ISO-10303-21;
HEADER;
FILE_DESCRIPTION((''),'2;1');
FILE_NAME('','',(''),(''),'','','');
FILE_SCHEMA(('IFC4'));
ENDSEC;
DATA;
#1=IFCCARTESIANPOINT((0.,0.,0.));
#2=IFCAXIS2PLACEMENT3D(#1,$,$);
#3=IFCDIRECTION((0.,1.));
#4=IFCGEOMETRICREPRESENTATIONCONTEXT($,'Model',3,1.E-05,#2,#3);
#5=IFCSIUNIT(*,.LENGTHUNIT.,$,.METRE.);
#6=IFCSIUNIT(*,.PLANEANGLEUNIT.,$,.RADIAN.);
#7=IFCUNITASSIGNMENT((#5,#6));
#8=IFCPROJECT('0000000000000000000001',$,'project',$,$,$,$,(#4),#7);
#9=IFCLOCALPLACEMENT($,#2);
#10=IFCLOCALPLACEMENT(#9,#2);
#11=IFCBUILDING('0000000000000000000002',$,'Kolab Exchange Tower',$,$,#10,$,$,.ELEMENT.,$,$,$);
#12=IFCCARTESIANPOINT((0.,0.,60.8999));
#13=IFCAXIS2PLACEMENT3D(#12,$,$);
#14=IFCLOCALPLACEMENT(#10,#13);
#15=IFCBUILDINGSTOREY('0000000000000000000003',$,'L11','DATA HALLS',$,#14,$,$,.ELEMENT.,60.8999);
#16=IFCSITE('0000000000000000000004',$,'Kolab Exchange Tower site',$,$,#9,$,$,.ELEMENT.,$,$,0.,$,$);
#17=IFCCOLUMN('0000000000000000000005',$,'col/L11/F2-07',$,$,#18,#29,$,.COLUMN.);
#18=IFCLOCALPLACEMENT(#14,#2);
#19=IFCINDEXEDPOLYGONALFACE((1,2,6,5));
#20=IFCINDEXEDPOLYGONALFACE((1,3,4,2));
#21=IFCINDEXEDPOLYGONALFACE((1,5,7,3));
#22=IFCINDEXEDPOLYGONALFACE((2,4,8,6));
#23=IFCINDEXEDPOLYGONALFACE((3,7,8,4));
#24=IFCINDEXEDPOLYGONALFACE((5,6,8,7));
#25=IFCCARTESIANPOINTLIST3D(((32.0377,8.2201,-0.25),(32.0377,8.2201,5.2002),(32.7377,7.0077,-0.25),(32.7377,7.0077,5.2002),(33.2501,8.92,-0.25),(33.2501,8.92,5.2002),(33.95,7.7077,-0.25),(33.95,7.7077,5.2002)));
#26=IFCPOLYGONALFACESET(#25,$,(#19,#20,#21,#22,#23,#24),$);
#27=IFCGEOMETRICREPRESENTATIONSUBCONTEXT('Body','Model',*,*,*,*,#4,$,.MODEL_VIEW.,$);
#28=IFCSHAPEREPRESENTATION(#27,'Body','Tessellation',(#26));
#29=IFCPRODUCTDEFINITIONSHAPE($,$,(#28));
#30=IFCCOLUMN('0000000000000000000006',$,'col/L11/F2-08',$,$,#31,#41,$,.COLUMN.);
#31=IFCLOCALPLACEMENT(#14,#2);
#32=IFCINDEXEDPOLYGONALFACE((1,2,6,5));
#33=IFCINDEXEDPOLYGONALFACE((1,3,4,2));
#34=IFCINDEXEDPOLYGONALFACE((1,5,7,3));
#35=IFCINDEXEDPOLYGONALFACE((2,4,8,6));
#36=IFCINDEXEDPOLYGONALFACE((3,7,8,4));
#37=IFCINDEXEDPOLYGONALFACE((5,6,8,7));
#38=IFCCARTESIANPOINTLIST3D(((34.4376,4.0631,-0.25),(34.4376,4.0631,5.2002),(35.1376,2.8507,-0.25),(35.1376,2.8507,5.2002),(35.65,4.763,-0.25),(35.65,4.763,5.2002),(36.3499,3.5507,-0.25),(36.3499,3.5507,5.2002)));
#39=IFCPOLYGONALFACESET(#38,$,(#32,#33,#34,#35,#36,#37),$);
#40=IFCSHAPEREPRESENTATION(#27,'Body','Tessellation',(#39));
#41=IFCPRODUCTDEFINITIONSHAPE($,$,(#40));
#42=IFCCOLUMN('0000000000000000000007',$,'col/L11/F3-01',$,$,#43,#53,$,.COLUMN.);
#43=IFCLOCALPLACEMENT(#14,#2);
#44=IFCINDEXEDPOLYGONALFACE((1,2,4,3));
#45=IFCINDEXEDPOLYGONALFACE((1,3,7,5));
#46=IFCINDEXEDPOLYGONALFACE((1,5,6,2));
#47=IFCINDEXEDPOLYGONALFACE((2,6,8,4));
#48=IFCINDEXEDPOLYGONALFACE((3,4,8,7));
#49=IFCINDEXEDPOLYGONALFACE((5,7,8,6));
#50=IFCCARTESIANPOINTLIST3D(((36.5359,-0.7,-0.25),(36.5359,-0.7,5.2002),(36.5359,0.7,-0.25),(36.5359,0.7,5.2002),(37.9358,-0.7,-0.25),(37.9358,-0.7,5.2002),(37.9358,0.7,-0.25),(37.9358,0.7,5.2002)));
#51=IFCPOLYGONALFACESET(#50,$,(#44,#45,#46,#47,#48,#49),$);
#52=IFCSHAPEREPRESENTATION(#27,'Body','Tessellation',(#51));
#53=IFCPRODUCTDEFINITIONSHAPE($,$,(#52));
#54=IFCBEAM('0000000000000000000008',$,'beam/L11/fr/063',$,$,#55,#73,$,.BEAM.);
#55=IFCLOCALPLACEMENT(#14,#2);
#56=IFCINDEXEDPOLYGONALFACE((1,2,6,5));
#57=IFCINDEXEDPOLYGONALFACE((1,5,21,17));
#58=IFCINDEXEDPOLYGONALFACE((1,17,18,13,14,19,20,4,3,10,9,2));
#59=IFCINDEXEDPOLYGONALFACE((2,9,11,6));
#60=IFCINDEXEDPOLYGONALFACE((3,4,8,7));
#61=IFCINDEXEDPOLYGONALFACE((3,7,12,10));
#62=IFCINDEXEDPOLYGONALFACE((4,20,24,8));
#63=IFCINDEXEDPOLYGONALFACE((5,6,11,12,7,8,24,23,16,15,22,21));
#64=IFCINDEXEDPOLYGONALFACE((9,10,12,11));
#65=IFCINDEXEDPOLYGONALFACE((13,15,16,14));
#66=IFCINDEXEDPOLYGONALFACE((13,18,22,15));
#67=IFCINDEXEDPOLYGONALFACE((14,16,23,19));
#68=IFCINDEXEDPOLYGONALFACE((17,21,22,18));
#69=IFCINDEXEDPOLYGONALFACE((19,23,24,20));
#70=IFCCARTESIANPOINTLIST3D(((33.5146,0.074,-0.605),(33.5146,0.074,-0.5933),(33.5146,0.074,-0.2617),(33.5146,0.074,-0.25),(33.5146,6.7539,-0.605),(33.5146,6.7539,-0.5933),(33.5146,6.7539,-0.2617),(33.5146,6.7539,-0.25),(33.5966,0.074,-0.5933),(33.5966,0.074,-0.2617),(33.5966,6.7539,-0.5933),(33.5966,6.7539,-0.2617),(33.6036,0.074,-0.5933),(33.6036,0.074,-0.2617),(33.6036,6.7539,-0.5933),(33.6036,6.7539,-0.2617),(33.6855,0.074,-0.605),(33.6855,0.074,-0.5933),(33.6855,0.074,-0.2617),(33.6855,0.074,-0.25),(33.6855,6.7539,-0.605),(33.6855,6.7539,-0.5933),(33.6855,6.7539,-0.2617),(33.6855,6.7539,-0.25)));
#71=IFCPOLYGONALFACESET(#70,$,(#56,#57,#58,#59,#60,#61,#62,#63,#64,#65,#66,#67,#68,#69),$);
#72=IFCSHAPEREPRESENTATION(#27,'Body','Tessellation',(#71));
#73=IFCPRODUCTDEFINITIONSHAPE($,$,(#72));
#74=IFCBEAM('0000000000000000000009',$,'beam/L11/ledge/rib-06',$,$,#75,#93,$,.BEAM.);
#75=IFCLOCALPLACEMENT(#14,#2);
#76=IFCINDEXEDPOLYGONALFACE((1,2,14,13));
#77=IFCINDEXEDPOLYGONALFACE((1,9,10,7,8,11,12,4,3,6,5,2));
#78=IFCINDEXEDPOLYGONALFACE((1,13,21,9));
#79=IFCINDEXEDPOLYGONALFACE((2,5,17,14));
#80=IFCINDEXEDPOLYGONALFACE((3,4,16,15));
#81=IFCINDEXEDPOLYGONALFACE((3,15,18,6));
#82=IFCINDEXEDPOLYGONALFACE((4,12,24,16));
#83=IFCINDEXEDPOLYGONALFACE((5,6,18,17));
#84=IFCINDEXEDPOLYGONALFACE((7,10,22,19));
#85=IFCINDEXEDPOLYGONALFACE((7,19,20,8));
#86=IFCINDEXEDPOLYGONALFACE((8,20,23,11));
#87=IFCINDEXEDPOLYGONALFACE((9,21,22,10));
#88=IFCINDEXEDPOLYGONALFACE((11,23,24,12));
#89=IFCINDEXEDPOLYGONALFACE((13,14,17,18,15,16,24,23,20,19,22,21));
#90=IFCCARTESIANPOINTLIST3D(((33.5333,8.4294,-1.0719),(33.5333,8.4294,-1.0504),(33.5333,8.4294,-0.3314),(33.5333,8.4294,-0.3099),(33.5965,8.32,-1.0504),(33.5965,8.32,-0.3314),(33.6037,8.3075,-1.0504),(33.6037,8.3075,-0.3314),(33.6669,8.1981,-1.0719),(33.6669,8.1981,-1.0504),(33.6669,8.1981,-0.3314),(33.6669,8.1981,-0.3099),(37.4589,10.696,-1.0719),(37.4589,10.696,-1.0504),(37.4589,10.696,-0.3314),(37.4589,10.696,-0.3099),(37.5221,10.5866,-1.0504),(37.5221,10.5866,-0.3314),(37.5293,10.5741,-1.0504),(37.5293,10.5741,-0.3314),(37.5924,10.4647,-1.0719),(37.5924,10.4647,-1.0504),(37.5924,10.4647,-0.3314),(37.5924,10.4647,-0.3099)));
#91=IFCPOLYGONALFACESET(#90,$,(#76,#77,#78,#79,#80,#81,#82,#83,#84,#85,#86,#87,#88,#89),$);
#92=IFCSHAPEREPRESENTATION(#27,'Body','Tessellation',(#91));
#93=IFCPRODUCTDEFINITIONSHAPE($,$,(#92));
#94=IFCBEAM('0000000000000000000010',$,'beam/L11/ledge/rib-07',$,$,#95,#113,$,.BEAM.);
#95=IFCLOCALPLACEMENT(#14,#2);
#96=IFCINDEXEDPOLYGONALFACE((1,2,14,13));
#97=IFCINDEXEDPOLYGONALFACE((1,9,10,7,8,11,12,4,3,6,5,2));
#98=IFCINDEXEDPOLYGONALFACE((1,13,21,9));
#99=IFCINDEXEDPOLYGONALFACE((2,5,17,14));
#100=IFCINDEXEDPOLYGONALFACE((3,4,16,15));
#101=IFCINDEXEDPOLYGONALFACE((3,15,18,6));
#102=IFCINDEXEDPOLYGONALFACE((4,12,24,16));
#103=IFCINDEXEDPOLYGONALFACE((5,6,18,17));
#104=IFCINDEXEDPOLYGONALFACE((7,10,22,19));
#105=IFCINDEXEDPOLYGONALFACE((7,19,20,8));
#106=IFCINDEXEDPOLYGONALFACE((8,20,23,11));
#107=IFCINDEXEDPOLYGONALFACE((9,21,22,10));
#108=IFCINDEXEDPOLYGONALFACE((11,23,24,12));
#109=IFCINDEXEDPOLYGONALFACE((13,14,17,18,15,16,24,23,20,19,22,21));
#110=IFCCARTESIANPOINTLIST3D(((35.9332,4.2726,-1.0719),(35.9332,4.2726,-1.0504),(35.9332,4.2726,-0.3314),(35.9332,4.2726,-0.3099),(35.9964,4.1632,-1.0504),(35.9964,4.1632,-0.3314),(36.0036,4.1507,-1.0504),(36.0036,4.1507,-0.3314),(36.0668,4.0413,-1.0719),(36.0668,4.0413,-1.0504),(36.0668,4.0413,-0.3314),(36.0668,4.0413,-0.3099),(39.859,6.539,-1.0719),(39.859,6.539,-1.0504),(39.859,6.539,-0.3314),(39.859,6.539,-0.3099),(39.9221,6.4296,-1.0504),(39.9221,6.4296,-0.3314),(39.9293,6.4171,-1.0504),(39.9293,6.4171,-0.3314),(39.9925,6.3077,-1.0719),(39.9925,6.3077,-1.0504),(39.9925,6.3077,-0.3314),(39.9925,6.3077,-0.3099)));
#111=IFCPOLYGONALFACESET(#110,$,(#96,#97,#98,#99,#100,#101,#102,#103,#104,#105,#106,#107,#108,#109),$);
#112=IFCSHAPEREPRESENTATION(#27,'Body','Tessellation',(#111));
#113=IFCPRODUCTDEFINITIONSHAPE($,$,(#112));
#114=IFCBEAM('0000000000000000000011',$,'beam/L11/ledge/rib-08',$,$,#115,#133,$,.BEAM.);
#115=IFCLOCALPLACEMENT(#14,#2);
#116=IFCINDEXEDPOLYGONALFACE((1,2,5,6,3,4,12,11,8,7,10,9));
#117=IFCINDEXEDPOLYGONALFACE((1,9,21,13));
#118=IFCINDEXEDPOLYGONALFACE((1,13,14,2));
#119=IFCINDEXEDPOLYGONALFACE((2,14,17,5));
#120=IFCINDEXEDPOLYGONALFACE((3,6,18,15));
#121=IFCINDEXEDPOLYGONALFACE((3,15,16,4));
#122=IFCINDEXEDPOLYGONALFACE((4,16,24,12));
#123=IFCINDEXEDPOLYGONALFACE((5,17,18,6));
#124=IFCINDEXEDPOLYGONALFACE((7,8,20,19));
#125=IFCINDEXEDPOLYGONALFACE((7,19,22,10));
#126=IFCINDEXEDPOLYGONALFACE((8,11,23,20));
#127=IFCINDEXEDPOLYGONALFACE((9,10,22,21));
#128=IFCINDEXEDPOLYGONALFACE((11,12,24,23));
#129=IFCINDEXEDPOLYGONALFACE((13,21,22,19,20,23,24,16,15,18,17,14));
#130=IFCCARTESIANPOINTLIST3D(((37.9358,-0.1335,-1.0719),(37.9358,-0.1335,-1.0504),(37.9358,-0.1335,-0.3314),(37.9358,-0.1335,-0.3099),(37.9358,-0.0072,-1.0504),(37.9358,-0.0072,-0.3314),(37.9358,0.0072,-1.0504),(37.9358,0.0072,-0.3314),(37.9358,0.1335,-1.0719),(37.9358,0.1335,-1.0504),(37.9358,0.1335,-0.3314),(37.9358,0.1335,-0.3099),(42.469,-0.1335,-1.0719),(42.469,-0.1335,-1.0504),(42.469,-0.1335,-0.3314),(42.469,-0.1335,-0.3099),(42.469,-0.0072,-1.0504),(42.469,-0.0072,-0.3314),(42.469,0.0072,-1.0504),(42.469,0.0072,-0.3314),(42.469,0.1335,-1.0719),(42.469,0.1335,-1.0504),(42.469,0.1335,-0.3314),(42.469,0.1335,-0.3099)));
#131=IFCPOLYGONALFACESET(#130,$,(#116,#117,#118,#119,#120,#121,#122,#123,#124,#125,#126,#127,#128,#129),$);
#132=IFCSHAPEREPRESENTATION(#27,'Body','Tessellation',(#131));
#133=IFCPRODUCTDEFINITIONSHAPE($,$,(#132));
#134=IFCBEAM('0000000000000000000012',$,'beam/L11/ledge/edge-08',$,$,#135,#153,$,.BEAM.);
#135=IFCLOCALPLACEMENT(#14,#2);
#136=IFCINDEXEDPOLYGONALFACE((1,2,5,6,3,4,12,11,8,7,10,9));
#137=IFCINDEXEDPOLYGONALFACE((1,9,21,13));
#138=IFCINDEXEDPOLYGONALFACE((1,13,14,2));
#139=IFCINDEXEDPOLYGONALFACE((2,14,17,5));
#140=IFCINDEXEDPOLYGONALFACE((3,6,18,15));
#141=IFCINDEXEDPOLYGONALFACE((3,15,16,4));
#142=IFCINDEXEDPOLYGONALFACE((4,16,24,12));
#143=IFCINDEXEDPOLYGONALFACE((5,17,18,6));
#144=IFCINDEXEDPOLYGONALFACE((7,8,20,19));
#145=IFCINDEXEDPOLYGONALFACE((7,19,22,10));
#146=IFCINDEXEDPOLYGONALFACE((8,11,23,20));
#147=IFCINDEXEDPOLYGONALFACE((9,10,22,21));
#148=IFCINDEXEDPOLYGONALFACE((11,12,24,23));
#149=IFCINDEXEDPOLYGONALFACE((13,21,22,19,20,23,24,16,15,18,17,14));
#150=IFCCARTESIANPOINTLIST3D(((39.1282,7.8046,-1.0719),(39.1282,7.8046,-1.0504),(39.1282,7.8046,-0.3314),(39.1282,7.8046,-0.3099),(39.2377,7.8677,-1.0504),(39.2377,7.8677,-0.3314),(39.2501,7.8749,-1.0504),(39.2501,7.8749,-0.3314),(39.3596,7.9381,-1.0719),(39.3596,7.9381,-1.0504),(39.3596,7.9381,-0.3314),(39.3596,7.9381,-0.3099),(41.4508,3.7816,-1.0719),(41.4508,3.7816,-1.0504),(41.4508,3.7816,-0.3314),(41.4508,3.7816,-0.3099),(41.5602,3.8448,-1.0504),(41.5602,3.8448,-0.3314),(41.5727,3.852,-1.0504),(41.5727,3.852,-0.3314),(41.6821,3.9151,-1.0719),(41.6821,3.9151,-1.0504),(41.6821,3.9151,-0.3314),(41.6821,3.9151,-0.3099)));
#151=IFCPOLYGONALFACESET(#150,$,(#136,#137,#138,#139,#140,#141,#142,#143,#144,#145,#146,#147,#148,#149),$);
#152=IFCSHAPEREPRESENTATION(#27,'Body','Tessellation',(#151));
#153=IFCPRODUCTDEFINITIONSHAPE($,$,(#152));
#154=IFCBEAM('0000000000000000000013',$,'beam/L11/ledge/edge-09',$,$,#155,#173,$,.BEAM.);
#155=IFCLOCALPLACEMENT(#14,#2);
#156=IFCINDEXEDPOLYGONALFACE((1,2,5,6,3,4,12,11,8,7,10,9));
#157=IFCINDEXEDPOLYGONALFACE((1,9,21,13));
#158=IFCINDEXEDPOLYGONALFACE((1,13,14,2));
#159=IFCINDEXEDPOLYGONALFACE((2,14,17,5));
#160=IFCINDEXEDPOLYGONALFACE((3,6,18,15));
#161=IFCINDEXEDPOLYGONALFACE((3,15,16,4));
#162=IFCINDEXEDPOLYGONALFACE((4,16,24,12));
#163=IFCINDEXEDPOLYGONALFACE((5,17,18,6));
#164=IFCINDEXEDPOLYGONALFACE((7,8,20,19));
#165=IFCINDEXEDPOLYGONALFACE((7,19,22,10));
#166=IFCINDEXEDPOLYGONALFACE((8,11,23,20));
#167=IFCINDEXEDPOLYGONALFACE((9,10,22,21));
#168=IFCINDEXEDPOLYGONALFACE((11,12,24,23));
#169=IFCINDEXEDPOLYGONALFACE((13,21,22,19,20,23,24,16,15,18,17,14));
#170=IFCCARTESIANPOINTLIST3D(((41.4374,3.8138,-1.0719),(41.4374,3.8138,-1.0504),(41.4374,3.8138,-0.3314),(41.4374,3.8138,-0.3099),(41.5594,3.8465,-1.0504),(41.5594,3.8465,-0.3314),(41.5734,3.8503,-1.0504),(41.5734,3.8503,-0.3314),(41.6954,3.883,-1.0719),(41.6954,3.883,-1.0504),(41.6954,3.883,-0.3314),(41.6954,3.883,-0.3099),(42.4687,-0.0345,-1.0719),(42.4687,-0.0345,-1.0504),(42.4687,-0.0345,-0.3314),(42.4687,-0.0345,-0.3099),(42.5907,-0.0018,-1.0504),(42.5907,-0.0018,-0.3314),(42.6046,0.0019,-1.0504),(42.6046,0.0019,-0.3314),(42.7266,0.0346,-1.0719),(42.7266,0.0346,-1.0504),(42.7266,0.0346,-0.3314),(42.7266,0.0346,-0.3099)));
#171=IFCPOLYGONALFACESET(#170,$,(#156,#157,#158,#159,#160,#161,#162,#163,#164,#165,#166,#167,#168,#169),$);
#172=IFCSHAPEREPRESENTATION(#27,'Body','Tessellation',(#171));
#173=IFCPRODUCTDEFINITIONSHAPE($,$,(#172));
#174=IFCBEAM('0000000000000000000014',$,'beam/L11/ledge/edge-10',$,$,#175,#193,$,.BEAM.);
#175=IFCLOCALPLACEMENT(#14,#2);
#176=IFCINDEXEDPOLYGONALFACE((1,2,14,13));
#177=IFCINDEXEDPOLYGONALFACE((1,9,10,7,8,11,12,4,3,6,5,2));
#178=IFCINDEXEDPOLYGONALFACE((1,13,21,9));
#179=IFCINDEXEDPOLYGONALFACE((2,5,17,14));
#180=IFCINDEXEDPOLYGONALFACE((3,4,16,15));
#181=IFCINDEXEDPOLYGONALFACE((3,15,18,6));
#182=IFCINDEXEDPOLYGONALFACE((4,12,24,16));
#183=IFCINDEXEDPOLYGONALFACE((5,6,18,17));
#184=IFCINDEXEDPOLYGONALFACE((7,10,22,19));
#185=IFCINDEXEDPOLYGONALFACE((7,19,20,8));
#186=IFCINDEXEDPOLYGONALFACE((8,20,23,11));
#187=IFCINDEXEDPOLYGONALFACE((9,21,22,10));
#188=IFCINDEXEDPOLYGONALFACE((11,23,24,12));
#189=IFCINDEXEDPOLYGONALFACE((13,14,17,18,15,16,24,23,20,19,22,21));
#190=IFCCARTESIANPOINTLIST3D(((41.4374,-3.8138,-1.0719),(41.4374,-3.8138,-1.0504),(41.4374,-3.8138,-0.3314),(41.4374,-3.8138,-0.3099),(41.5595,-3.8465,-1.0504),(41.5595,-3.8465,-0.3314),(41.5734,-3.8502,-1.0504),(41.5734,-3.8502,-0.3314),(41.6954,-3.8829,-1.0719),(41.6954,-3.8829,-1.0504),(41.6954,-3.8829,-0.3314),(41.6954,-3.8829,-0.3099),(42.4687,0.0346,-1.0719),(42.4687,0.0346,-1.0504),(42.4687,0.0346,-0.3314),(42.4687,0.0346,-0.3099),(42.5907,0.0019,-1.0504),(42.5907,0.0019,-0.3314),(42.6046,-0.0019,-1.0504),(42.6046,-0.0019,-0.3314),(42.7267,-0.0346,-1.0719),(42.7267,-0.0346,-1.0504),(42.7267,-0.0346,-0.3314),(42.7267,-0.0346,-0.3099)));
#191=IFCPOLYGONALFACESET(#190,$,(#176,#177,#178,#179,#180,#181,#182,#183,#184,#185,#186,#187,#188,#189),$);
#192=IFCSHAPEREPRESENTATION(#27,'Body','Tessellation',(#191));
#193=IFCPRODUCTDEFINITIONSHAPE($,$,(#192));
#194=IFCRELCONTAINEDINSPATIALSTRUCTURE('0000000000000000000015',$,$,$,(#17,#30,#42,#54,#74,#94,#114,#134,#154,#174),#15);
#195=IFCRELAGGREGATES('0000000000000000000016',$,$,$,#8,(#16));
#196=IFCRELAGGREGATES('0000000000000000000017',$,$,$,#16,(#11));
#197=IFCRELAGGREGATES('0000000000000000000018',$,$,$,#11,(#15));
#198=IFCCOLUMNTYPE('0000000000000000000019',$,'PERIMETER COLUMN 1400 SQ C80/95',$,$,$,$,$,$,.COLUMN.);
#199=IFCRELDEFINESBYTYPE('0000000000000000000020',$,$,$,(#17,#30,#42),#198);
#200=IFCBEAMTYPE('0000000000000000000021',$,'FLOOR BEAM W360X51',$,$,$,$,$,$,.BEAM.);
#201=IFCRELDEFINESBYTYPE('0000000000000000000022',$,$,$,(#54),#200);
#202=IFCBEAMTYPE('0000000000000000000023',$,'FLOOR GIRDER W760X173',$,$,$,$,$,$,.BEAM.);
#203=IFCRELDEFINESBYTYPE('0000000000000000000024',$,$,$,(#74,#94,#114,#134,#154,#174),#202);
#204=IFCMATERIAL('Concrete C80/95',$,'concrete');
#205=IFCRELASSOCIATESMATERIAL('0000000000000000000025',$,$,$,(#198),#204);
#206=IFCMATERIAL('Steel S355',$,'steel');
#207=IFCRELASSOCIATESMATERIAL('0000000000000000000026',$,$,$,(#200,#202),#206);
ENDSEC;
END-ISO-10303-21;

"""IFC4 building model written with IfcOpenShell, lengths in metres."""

from ifc_helpers import new_model, si_unit, direction, frame, origin, origin_2d, place, context, subcontext, project, spatial, rectangle, i_section, extrude, material, material_profile, profile_set, type_object, element, save


model = new_model("IFC4")

# Units and contexts
model_context = context("Model", 3, precision=1e-05, world=origin(), true_north=direction((0.0, 1.0)))
body_context = subcontext(model_context, "Body", "Model", "MODEL_VIEW")
ifc_project = project(units=[si_unit("LENGTHUNIT", "METRE"), si_unit("PLANEANGLEUNIT", "RADIAN")], contexts=[model_context])

# Site, building, storey
site_placement = place(None, origin())
site = spatial("IfcSite", under=ifc_project, at=site_placement, Name="Kolab Exchange Tower site", CompositionType="ELEMENT", RefElevation=0.0)
building_placement = place(site_placement, origin())
building = spatial("IfcBuilding", under=site, at=building_placement, Name="Kolab Exchange Tower", CompositionType="ELEMENT")
storey_placement = place(building_placement, frame((0.0, 0.0, 60.8999)))
storey = spatial("IfcBuildingStorey", under=building, at=storey_placement, Name="L11", Description="DATA HALLS", CompositionType="ELEMENT", Elevation=60.8999)

# Columns
ifc_material_1 = material(Name="Concrete C80/95", Category="concrete")
ifc_material_profile_1 = material_profile(ifc_material_1, rectangle(XDim=1.3999, YDim=1.3999, at=origin_2d()), Name="RC1400")
ifc_profile_set_1 = profile_set([ifc_material_profile_1], Name="Concrete C80/95")
column_type = type_object("IfcColumnType", Name="PERIMETER COLUMN 1400 SQ C80/95", PredefinedType="COLUMN", material=ifc_profile_set_1)
for number, where, z_axis, x_axis, name in (
    (1, (32.9939, 7.9639, -0.25), (0.0, 0.0, 1.0), (0.866025, 0.5, 0.0), "col/L11/F2-07"),
    (2, (35.3938, 3.8069, -0.25), (0.0, 0.0, 1.0), (0.866025, 0.5, 0.0), "col/L11/F2-08"),
    (3, (37.2358, 0.0, -0.25), (0.0, 0.0, 1.0), (1.0, 0.0, 0.0), "col/L11/F3-01"),
):
    element("IfcColumn", number, at=place(storey_placement, frame(where, z_axis=z_axis, x_axis=x_axis)), inside=storey, type_object=column_type, Name=name, PredefinedType="COLUMN", context=body_context, shape_type="SweptSolid", body=[
        extrude(rectangle(XDim=1.3999, YDim=1.3999, at=origin_2d()), origin(), (0.0, 0.0, 1.0), 5.4502),
    ])

# Beams
ifc_material_2 = material(Name="Steel S355", Category="steel")
ifc_material_profile_2 = material_profile(ifc_material_2, i_section(OverallWidth=0.1709, OverallDepth=0.355, WebThickness=0.0071, FlangeThickness=0.0117, at=origin_2d()), Name="W360X51")
ifc_profile_set_2 = profile_set([ifc_material_profile_2], Name="Steel S355")
beam_type_1 = type_object("IfcBeamType", Name="FLOOR BEAM W360X51", PredefinedType="BEAM", material=ifc_profile_set_2)
beam_1_placement = place(storey_placement, frame((33.6001, 0.074, -0.4275), z_axis=(0.0, 1.0, 0.0), x_axis=(-1.0, 0.0, 0.0)))
element("IfcBeam", 4, at=beam_1_placement, inside=storey, type_object=beam_type_1, Name="beam/L11/fr/063", PredefinedType="BEAM", context=body_context, shape_type="SweptSolid", body=[
    extrude(i_section(OverallWidth=0.1709, OverallDepth=0.355, WebThickness=0.0071, FlangeThickness=0.0117, at=origin_2d()), origin(), (0.0, 0.0, 1.0), 6.6799),
])
ifc_material_profile_3 = material_profile(ifc_material_2, i_section(OverallWidth=0.2671, OverallDepth=0.762, WebThickness=0.0144, FlangeThickness=0.0215, at=origin_2d()), Name="W760X173")
ifc_profile_set_3 = profile_set([ifc_material_profile_3], Name="Steel S355")
beam_type_2 = type_object("IfcBeamType", Name="FLOOR GIRDER W760X173", PredefinedType="BEAM", material=ifc_profile_set_3)
for number, where, z_axis, x_axis, name in (
    (5, (33.6001, 8.3137, -0.6909), (0.866007, 0.500032, 0.0), (-0.500032, 0.866007, 0.0), "beam/L11/ledge/rib-06"),
    (6, (36.0, 4.157, -0.6909), (0.866044, 0.499968, 0.0), (-0.499968, 0.866044, 0.0), "beam/L11/ledge/rib-07"),
):
    element("IfcBeam", number, at=place(storey_placement, frame(where, z_axis=z_axis, x_axis=x_axis)), inside=storey, type_object=beam_type_2, Name=name, PredefinedType="BEAM", context=body_context, shape_type="SweptSolid", body=[
        extrude(i_section(OverallWidth=0.2671, OverallDepth=0.762, WebThickness=0.0144, FlangeThickness=0.0215, at=origin_2d()), origin(), (0.0, 0.0, 1.0), 4.533),
    ])
beam_2_placement = place(storey_placement, frame((37.9358, 0.0, -0.6909), z_axis=(1.0, 0.0, 0.0), x_axis=(0.0, 1.0, 0.0)))
element("IfcBeam", 7, at=beam_2_placement, inside=storey, type_object=beam_type_2, Name="beam/L11/ledge/rib-08", PredefinedType="BEAM", context=body_context, shape_type="SweptSolid", body=[
    extrude(i_section(OverallWidth=0.2671, OverallDepth=0.762, WebThickness=0.0144, FlangeThickness=0.0215, at=origin_2d()), origin(), (0.0, 0.0, 1.0), 4.5332),
])
beam_3_placement = place(storey_placement, frame((39.2439, 7.8713, -0.6909), z_axis=(0.499977, -0.866039, 0.0), x_axis=(0.866039, 0.499977, 0.0)))
element("IfcBeam", 8, at=beam_3_placement, inside=storey, type_object=beam_type_2, Name="beam/L11/ledge/edge-08", PredefinedType="BEAM", context=body_context, shape_type="SweptSolid", body=[
    extrude(i_section(OverallWidth=0.2671, OverallDepth=0.762, WebThickness=0.0144, FlangeThickness=0.0215, at=origin_2d()), origin(), (0.0, 0.0, 1.0), 4.6453),
])
for number, where, z_axis, x_axis, name in (
    (9, (41.5664, 3.8484, -0.6909), (0.258837, -0.965921, 0.0), (0.965921, 0.258837, 0.0), "beam/L11/ledge/edge-09"),
    (10, (42.5977, 0.0, -0.6909), (-0.258837, -0.965921, 0.0), (0.965921, -0.258837, 0.0), "beam/L11/ledge/edge-10"),
):
    element("IfcBeam", number, at=place(storey_placement, frame(where, z_axis=z_axis, x_axis=x_axis)), inside=storey, type_object=beam_type_2, Name=name, PredefinedType="BEAM", context=body_context, shape_type="SweptSolid", body=[
        extrude(i_section(OverallWidth=0.2671, OverallDepth=0.762, WebThickness=0.0144, FlangeThickness=0.0215, at=origin_2d()), origin(), (0.0, 0.0, 1.0), 3.9841),
    ])

save(model, "model.ifc")
